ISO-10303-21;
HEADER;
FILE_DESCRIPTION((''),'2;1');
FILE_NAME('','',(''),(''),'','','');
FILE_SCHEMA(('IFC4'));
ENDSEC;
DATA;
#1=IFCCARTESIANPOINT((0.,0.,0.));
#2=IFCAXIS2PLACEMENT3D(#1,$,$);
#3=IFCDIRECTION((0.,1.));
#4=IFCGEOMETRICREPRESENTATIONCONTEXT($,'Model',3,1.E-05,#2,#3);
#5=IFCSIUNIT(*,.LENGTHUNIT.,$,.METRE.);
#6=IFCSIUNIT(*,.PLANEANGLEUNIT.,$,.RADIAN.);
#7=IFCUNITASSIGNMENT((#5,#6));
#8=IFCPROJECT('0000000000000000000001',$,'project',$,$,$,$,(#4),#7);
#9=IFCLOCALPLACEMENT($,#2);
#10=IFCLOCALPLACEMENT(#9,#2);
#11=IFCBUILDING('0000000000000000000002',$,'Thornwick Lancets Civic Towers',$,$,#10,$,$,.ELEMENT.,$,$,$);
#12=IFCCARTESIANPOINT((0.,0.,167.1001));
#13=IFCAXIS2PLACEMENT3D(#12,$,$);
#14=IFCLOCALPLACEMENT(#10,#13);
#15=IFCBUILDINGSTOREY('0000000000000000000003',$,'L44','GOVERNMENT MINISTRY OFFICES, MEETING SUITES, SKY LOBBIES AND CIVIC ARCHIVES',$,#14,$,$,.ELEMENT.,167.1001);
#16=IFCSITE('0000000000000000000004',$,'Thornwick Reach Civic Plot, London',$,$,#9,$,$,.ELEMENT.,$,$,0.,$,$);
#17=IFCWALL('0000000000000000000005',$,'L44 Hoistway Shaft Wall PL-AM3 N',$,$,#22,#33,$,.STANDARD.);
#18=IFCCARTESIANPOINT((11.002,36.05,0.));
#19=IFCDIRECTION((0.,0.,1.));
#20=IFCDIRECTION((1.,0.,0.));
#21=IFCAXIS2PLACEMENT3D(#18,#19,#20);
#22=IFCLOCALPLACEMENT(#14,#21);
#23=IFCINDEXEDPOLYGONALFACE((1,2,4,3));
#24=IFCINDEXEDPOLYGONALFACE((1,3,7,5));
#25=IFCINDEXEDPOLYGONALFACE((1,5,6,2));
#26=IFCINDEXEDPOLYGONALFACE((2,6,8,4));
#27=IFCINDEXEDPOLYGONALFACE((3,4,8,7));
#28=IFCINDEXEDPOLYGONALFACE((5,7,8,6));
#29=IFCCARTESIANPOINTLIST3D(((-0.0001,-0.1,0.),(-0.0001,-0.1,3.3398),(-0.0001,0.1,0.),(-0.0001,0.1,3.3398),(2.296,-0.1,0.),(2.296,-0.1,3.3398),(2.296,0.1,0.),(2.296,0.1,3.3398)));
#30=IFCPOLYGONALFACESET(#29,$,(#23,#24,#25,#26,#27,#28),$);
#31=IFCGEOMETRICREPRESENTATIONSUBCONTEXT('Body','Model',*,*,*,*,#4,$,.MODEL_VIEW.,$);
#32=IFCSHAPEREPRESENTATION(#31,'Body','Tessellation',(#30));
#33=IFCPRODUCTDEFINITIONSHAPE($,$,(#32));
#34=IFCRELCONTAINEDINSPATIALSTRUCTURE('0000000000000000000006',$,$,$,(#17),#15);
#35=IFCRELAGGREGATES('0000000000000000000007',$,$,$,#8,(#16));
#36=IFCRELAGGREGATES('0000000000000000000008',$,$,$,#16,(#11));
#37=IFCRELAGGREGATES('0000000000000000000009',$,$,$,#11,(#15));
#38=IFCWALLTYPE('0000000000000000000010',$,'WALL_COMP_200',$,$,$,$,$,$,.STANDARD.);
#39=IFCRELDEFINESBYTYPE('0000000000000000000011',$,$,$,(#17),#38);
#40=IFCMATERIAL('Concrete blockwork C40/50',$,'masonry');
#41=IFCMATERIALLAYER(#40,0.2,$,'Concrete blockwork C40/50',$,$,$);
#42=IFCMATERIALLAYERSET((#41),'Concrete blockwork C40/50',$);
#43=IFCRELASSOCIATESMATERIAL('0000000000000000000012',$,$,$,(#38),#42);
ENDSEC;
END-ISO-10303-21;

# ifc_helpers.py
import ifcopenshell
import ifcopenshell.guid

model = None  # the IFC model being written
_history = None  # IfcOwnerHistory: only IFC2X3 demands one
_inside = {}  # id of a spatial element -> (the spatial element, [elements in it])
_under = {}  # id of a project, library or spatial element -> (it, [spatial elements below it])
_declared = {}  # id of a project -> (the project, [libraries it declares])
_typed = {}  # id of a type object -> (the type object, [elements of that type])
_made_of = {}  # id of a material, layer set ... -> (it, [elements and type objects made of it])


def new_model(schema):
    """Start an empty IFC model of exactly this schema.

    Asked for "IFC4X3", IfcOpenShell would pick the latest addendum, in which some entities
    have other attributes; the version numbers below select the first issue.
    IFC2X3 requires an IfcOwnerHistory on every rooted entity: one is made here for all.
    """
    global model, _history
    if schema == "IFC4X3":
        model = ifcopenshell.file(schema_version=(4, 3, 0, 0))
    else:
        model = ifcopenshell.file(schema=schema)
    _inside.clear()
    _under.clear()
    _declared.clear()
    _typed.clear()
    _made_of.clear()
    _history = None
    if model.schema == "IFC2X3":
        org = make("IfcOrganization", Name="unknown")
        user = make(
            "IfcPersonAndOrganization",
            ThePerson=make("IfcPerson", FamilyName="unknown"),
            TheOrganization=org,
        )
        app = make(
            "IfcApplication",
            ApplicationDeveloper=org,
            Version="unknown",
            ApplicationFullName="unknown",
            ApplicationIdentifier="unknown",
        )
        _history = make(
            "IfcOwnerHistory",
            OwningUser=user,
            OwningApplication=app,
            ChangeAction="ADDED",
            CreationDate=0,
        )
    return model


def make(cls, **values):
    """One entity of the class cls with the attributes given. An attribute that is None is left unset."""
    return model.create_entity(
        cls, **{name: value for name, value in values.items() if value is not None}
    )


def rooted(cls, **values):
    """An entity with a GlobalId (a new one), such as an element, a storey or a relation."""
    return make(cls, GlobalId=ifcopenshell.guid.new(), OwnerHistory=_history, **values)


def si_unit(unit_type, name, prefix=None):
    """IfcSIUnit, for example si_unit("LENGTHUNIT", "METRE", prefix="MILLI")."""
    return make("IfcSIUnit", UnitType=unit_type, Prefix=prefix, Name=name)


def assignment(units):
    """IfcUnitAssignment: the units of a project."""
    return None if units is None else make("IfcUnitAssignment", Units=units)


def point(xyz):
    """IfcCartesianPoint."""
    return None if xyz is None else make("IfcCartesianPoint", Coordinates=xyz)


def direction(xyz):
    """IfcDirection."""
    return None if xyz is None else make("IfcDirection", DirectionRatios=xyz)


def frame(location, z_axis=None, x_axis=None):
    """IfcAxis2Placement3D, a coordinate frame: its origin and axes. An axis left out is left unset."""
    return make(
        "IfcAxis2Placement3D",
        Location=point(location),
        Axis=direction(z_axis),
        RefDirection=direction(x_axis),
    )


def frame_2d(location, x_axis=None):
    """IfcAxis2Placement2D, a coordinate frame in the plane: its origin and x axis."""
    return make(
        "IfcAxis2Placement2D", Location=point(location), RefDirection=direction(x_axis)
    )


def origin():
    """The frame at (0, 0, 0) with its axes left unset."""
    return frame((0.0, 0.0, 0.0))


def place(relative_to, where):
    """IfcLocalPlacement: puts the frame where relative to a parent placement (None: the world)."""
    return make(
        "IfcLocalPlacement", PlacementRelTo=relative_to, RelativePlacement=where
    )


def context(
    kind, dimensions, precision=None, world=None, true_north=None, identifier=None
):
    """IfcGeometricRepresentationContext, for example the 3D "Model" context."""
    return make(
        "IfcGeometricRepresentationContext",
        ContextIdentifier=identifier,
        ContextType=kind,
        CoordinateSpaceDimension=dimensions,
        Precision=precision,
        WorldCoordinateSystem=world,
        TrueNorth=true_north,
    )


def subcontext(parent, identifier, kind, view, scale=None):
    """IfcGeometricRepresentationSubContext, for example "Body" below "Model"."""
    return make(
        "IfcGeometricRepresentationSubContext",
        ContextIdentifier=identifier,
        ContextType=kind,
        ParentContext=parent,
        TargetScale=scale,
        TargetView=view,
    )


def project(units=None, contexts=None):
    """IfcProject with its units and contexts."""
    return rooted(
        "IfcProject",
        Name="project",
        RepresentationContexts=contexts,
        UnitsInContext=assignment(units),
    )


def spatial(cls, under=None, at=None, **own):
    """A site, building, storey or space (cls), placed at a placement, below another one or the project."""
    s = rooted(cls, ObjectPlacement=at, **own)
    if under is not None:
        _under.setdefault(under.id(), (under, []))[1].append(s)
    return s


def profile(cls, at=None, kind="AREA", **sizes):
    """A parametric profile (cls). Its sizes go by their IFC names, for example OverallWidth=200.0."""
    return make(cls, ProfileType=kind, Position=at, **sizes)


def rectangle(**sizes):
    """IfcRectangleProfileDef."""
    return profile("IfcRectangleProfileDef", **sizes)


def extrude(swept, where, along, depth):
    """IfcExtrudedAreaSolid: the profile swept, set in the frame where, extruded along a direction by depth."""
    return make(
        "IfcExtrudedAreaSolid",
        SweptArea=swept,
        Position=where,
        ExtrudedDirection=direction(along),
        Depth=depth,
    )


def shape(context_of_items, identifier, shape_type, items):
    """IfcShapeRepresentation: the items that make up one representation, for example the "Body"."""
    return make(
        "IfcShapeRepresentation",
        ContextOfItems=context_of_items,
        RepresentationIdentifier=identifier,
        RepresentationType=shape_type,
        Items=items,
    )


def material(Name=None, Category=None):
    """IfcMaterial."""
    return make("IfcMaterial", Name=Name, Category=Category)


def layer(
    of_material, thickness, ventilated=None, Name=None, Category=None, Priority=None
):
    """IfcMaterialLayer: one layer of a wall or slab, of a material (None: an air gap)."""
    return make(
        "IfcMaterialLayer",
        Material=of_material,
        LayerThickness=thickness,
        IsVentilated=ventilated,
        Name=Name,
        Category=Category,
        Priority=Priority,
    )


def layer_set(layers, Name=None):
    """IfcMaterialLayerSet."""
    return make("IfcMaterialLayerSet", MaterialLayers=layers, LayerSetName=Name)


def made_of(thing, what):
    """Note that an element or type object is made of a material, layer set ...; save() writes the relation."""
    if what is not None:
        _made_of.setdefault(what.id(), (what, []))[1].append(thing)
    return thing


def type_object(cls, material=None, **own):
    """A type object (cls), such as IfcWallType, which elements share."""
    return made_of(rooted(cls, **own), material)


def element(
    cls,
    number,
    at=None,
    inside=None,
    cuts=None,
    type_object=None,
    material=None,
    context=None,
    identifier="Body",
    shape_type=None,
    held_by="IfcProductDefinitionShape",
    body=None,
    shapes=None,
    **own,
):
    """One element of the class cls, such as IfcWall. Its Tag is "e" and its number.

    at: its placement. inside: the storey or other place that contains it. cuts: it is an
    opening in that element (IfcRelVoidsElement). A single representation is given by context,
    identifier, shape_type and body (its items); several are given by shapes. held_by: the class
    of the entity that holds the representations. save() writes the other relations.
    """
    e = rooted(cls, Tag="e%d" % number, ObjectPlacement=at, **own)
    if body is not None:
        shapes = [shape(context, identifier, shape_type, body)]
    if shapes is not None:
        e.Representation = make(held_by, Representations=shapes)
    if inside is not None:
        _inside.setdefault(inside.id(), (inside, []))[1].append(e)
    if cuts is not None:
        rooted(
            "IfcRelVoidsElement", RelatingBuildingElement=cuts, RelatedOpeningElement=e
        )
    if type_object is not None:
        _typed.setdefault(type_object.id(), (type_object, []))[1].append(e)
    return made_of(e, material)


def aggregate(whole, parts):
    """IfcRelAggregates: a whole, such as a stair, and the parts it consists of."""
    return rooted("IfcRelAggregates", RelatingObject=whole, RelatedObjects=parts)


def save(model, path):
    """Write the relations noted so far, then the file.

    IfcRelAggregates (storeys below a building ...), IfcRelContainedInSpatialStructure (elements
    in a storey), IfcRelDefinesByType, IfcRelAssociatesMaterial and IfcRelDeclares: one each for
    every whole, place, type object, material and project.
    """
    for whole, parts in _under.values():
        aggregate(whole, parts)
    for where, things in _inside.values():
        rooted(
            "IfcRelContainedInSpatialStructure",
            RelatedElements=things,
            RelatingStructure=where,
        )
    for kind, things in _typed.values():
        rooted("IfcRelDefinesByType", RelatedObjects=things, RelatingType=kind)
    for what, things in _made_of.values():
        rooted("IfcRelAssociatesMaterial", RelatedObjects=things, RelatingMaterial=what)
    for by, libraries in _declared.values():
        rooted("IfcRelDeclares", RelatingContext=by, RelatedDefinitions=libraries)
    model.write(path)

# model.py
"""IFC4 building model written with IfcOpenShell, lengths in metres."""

from ifc_helpers import new_model, si_unit, direction, frame, frame_2d, origin, place, context, subcontext, project, spatial, rectangle, extrude, material, layer, layer_set, type_object, element, save


model = new_model("IFC4")

# Units and contexts
model_context = context("Model", 3, precision=1e-05, world=origin(), true_north=direction((0.0, 1.0)))
body_context = subcontext(model_context, "Body", "Model", "MODEL_VIEW")
ifc_project = project(units=[si_unit("LENGTHUNIT", "METRE"), si_unit("PLANEANGLEUNIT", "RADIAN")], contexts=[model_context])

# Site, building, storey
site_placement = place(None, origin())
site = spatial("IfcSite", under=ifc_project, at=site_placement, Name="Thornwick Reach Civic Plot, London", CompositionType="ELEMENT", RefElevation=0.0)
building_placement = place(site_placement, origin())
building = spatial("IfcBuilding", under=site, at=building_placement, Name="Thornwick Lancets Civic Towers", CompositionType="ELEMENT")
storey_placement = place(building_placement, frame((0.0, 0.0, 167.1001)))
storey = spatial("IfcBuildingStorey", under=building, at=storey_placement, Name="L44", Description="GOVERNMENT MINISTRY OFFICES, MEETING SUITES, SKY LOBBIES AND CIVIC ARCHIVES", CompositionType="ELEMENT", Elevation=167.1001)

# Wall
ifc_material_1 = material(Name="Concrete blockwork C40/50", Category="masonry")
ifc_layer_1 = layer(ifc_material_1, 0.2, Name="Concrete blockwork C40/50")
ifc_layer_set_1 = layer_set([ifc_layer_1], Name="Concrete blockwork C40/50")
wall_type_1 = type_object("IfcWallType", Name="WALL_COMP_200", PredefinedType="STANDARD", material=ifc_layer_set_1)
wall_1_placement = place(storey_placement, frame((11.002, 36.05, 0.0), z_axis=(0.0, 0.0, 1.0), x_axis=(1.0, 0.0, 0.0)))
element("IfcWall", 1, at=wall_1_placement, inside=storey, type_object=wall_type_1, Name="L44 Hoistway Shaft Wall PL-AM3 N", PredefinedType="STANDARD", context=body_context, shape_type="SweptSolid", body=[
    extrude(rectangle(XDim=2.2961, YDim=0.2, at=frame_2d((1.1479, 0.0))), origin(), (0.0, 0.0, 1.0), 3.3398),
])

save(model, "model.ifc")
